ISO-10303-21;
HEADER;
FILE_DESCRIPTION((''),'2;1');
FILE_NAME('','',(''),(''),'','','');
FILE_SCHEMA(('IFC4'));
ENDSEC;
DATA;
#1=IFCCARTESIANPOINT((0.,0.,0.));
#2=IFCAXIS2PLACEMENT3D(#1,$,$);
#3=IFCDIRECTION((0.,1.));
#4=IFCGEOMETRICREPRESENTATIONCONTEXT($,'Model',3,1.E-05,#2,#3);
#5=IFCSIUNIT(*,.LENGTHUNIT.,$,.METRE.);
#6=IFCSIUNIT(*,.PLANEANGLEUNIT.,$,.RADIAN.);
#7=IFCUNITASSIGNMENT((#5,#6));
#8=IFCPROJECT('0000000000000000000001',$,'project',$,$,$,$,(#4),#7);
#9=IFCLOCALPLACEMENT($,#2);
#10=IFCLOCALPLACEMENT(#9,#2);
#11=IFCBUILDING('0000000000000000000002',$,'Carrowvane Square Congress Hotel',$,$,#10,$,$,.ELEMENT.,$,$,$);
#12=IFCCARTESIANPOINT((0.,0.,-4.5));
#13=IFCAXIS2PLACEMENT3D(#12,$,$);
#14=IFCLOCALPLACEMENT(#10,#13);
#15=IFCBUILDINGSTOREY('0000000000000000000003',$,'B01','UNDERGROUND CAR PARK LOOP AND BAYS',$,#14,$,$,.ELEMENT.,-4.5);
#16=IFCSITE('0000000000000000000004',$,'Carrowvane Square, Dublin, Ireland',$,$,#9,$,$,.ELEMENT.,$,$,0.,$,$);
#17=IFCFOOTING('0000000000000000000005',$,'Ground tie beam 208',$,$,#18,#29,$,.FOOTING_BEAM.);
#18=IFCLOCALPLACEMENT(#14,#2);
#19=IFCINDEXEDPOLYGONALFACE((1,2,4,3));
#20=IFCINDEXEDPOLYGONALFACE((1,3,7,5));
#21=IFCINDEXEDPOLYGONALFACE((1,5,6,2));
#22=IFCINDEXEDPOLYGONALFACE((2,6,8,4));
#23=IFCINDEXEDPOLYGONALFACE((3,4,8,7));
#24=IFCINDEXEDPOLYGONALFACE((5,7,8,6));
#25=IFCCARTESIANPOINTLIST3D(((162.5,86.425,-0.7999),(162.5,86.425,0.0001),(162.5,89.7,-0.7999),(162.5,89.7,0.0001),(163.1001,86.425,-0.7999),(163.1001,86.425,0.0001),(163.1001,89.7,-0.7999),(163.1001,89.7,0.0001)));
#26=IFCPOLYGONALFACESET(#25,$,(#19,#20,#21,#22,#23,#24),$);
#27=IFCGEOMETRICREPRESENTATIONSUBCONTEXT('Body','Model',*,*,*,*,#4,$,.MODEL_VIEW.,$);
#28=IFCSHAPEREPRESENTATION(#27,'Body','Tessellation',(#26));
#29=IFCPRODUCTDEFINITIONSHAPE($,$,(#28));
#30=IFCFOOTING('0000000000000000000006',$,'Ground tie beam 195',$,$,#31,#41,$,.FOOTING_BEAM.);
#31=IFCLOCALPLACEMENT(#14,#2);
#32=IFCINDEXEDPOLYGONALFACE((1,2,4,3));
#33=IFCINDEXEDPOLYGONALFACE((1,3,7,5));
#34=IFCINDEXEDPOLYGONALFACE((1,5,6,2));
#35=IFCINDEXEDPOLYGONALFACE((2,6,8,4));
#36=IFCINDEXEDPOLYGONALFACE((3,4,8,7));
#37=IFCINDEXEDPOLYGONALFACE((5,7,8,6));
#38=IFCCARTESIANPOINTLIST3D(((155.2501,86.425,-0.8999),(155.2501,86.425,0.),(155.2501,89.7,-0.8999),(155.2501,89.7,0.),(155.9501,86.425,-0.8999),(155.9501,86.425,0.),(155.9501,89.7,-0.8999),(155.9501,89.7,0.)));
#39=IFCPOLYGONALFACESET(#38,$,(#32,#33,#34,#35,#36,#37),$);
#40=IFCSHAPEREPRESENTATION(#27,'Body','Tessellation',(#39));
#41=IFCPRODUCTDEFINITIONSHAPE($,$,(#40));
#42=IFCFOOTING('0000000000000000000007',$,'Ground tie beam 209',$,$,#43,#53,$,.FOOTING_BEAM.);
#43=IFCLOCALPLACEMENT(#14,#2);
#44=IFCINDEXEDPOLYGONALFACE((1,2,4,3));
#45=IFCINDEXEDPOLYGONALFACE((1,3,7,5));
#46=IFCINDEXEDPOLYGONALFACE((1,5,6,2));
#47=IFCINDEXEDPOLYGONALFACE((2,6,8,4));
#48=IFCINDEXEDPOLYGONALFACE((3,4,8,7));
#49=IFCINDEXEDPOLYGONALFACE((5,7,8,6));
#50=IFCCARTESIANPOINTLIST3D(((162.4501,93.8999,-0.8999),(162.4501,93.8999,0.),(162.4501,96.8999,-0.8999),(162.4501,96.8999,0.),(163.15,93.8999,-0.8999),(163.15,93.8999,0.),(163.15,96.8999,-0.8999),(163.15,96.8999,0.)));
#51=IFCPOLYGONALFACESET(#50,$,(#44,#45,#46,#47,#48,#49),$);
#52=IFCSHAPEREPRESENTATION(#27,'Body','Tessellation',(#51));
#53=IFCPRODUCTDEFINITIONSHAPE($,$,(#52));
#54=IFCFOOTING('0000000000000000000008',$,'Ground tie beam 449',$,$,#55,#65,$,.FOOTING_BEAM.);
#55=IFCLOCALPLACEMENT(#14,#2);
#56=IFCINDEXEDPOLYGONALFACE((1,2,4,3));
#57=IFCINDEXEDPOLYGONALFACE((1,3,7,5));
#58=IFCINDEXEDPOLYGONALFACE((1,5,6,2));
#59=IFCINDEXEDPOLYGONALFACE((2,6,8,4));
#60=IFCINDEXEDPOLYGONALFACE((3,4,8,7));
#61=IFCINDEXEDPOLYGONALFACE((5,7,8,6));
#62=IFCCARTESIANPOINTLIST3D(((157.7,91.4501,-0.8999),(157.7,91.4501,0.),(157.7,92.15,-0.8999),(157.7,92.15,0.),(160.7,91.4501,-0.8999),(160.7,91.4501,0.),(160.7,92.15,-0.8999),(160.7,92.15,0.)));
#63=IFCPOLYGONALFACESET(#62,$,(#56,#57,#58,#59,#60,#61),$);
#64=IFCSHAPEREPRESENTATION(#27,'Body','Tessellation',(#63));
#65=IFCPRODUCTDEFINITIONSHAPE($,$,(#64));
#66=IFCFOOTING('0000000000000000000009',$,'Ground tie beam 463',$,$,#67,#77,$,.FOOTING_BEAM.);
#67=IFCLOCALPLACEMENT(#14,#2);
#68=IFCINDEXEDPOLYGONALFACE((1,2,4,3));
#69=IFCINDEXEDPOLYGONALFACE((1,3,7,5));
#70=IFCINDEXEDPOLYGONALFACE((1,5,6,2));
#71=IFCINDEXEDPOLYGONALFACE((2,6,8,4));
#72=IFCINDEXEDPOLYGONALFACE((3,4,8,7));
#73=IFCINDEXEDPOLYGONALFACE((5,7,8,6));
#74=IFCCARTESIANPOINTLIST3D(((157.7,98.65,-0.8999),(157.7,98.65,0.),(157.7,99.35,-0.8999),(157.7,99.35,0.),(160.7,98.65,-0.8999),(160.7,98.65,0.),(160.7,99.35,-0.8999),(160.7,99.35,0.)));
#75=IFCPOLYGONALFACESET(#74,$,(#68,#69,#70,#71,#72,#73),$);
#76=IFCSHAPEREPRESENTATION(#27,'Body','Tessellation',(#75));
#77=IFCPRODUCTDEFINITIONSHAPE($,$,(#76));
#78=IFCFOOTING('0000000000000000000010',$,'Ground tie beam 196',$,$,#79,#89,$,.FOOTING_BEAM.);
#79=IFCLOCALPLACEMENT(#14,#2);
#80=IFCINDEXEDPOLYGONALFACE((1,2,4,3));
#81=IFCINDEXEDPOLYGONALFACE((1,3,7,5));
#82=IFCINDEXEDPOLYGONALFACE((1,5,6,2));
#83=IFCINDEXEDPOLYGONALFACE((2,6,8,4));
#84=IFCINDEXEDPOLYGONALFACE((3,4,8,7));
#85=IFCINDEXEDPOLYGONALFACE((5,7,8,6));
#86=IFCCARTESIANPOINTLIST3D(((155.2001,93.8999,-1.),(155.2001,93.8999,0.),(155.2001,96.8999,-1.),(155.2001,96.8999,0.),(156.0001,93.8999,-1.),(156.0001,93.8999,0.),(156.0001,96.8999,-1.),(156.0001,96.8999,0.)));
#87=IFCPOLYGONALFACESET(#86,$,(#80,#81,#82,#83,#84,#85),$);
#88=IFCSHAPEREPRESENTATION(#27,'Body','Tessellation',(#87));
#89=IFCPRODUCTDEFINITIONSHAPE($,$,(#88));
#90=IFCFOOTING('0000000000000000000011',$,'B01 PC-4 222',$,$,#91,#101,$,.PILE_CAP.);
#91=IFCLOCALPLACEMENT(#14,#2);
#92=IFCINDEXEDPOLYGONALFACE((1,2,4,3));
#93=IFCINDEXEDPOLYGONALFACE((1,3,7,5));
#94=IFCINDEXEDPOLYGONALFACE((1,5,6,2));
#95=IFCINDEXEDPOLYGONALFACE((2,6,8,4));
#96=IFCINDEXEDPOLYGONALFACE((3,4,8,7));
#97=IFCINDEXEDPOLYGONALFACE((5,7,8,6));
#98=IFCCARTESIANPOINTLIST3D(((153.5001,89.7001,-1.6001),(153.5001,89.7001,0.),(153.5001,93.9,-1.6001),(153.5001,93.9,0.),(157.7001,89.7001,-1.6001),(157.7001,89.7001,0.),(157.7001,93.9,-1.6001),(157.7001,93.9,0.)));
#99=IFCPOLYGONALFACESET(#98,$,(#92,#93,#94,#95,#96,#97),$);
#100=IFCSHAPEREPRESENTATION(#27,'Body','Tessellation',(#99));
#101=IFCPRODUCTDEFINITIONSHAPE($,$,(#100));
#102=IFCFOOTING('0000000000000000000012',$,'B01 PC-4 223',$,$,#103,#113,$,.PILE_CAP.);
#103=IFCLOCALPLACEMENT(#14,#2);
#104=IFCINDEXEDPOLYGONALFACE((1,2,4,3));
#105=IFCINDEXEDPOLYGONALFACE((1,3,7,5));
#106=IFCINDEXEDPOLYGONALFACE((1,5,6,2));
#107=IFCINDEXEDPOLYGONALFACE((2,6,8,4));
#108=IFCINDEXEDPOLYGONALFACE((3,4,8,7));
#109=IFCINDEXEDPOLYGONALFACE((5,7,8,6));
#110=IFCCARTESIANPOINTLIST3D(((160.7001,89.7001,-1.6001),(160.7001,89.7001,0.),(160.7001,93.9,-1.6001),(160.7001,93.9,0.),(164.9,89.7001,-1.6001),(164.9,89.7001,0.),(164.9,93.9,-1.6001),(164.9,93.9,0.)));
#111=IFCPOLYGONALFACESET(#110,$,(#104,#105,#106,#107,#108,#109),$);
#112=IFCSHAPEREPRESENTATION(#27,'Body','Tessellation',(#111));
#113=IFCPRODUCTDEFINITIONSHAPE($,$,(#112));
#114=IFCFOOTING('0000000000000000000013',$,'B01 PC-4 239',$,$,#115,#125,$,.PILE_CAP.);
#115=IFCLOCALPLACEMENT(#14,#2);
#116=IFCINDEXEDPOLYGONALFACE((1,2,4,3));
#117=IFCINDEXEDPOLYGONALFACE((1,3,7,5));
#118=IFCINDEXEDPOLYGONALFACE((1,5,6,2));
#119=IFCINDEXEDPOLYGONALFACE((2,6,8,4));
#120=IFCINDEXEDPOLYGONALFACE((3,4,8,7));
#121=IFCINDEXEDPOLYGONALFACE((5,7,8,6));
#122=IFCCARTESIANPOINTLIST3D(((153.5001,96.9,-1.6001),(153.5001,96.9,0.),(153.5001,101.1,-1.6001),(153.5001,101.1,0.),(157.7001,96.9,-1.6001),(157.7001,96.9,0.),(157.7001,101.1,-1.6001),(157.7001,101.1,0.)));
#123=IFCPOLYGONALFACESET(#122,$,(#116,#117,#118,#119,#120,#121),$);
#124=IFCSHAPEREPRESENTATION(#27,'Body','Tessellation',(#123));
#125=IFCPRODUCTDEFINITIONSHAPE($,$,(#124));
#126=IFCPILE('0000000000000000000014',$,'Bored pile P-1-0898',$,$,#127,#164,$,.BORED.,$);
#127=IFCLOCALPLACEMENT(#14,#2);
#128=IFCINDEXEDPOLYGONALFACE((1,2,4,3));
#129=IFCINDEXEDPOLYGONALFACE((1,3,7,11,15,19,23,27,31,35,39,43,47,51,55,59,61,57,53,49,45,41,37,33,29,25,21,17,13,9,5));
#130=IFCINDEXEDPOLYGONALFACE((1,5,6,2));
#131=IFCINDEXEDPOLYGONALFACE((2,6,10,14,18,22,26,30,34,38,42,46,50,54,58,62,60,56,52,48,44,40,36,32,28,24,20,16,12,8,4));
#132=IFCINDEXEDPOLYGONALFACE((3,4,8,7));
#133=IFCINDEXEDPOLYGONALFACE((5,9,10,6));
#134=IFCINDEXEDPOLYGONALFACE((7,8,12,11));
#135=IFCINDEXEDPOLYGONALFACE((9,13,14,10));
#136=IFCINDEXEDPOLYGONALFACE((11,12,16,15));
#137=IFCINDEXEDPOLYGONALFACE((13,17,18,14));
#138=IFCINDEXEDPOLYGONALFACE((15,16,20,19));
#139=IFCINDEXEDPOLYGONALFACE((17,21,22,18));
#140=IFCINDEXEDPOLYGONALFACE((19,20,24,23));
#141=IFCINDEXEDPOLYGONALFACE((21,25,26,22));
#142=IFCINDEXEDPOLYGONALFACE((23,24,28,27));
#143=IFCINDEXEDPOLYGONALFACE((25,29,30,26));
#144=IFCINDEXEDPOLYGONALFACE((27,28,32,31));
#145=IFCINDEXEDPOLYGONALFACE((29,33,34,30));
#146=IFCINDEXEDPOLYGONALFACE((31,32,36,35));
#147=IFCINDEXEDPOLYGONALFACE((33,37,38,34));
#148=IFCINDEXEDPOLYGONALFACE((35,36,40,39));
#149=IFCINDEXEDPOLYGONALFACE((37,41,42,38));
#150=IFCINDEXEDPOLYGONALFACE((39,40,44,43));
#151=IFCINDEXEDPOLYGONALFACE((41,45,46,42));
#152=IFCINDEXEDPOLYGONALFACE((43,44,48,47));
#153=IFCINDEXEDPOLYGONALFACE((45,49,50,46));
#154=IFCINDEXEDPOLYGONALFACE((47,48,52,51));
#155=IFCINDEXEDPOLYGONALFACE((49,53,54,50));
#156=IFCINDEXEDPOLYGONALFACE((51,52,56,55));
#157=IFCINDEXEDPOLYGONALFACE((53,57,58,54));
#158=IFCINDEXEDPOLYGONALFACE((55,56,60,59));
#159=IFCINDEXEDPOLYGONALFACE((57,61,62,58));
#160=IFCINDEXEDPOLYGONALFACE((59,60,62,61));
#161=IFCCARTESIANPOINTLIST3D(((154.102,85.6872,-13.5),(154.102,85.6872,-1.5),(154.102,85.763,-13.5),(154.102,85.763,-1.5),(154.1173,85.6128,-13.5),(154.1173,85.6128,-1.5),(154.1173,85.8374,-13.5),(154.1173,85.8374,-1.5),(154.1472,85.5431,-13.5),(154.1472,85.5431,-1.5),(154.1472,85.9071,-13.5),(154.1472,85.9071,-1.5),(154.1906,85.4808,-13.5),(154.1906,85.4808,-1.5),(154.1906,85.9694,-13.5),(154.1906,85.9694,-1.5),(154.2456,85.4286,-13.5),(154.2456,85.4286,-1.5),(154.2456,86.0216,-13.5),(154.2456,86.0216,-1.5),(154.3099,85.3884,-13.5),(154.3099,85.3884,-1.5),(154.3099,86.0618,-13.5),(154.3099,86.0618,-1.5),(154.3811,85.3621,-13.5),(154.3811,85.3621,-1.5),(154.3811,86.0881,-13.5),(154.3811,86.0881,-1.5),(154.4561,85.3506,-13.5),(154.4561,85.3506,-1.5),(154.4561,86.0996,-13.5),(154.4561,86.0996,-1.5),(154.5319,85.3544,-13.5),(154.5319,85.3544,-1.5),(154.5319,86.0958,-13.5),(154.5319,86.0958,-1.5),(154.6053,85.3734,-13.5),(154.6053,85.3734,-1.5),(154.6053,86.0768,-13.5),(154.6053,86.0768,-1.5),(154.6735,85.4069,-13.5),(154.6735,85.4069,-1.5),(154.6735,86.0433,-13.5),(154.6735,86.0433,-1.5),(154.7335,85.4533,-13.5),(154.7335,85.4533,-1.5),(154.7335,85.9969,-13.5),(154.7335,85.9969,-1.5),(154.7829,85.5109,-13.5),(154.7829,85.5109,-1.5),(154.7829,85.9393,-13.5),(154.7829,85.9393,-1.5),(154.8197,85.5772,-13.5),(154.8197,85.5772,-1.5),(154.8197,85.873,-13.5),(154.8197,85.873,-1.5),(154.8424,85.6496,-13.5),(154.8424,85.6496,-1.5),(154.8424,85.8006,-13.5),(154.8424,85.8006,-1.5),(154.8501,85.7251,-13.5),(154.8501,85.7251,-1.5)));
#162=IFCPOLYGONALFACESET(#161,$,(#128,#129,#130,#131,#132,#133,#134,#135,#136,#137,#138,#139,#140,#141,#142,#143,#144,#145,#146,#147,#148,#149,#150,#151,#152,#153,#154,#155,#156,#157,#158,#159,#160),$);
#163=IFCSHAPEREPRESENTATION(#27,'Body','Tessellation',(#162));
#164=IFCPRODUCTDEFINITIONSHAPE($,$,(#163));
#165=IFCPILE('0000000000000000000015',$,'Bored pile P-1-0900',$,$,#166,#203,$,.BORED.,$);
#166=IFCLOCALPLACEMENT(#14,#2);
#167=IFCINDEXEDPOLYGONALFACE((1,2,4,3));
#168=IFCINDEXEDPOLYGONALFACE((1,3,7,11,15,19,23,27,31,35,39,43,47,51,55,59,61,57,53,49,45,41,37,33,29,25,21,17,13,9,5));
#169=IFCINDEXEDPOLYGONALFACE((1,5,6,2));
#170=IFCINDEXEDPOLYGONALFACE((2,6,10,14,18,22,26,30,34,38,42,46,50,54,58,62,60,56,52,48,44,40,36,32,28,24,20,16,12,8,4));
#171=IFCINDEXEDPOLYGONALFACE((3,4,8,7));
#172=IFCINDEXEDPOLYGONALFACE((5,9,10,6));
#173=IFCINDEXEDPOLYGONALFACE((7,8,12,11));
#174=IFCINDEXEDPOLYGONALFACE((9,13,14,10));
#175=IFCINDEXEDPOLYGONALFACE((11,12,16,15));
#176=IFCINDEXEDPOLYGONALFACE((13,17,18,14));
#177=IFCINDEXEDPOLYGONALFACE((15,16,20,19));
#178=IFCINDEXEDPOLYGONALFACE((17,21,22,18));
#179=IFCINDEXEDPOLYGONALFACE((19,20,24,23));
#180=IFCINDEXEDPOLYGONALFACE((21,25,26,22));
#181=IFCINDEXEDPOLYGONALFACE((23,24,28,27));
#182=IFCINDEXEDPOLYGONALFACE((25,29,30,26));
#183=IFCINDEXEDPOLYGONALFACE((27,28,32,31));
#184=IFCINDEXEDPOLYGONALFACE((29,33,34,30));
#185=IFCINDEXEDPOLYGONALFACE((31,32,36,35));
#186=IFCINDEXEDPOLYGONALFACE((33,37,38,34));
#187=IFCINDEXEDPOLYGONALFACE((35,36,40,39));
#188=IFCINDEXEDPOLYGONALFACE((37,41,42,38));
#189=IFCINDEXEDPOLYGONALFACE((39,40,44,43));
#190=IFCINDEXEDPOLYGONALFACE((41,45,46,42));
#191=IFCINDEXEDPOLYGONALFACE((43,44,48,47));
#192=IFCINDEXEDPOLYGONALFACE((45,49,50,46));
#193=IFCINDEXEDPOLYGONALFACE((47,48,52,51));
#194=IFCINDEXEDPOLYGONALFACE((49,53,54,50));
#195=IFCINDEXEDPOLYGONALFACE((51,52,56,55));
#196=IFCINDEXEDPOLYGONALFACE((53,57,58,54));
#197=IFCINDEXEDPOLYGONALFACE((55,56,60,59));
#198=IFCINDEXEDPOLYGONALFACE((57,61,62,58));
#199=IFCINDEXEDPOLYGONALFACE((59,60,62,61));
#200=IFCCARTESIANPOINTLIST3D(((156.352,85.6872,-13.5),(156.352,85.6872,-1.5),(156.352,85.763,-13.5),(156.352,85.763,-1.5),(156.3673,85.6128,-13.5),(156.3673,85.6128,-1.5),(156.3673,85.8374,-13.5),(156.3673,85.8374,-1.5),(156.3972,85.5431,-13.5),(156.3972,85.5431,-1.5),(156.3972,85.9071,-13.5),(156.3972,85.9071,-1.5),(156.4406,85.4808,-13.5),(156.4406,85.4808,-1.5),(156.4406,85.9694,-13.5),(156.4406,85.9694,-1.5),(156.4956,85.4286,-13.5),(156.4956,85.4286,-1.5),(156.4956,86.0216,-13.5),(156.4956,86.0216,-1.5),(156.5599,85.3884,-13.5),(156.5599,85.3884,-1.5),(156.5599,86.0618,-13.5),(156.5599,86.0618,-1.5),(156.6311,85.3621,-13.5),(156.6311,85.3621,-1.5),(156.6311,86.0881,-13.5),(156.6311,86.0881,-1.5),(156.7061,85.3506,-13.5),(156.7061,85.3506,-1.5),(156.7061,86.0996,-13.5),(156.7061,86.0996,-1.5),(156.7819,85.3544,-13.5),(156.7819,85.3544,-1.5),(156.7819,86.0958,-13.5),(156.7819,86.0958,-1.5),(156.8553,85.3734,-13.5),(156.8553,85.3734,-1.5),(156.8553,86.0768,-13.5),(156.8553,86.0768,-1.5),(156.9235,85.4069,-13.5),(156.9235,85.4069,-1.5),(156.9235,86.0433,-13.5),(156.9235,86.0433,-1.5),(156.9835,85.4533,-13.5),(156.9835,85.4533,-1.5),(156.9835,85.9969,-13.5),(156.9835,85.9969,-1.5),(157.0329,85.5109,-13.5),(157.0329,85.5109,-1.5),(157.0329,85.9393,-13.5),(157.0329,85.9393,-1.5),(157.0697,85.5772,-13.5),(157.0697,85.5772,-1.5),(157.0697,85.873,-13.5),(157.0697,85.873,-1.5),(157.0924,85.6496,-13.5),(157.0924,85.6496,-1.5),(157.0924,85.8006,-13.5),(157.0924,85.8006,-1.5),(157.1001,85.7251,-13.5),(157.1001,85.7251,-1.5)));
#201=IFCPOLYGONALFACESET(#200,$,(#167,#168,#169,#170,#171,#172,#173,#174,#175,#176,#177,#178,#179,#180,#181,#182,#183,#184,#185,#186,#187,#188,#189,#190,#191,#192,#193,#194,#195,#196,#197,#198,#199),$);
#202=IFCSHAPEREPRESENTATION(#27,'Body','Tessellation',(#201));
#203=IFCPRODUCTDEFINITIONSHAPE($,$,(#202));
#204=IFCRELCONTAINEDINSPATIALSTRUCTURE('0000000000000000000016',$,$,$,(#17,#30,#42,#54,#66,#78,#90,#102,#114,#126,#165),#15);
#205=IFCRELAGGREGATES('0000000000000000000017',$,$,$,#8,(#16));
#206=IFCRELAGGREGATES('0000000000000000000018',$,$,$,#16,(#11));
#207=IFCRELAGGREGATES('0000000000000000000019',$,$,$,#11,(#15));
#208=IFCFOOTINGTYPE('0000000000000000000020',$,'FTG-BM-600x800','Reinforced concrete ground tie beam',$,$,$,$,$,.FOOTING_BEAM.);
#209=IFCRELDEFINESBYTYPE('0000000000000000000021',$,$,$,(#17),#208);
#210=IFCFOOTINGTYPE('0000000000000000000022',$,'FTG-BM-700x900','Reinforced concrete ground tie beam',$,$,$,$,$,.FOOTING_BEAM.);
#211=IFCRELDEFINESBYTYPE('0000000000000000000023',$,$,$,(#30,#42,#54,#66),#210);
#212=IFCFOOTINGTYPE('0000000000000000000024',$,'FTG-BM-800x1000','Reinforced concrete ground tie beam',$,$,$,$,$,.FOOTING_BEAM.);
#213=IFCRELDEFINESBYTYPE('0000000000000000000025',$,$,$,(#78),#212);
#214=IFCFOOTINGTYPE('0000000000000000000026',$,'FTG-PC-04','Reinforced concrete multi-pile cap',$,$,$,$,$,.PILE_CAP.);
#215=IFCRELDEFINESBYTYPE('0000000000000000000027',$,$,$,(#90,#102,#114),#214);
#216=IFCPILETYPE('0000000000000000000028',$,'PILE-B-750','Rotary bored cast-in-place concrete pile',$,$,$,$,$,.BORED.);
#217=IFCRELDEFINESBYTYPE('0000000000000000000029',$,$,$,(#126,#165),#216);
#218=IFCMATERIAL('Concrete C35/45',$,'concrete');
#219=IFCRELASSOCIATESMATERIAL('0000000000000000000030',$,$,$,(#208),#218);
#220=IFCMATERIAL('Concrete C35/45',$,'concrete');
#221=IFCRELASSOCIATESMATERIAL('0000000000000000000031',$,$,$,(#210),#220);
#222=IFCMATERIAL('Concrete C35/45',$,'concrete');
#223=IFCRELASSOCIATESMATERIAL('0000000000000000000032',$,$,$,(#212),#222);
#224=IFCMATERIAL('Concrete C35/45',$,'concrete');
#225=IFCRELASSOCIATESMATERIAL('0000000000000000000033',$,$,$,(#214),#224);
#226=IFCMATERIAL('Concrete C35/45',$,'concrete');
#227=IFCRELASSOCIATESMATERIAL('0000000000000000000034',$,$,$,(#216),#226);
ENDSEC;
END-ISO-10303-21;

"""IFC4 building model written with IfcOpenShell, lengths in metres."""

from ifc_helpers import new_model, si_unit, direction, frame, origin, origin_2d, place, context, subcontext, project, spatial, rectangle, circle, extrude, material, material_profile, profile_set, type_object, element, save


model = new_model("IFC4")

# Units and contexts
model_context = context("Model", 3, precision=1e-05, world=origin(), true_north=direction((0.0, 1.0)))
body_context = subcontext(model_context, "Body", "Model", "MODEL_VIEW")
ifc_project = project(units=[si_unit("LENGTHUNIT", "METRE"), si_unit("PLANEANGLEUNIT", "RADIAN")], contexts=[model_context])

# Site, building, storey
site_placement = place(None, origin())
site = spatial("IfcSite", under=ifc_project, at=site_placement, Name="Carrowvane Square, Dublin, Ireland", CompositionType="ELEMENT", RefElevation=0.0)
building_placement = place(site_placement, origin())
building = spatial("IfcBuilding", under=site, at=building_placement, Name="Carrowvane Square Congress Hotel", CompositionType="ELEMENT")
storey_placement = place(building_placement, frame((0.0, 0.0, -4.5)))
storey = spatial("IfcBuildingStorey", under=building, at=storey_placement, Name="B01", Description="UNDERGROUND CAR PARK LOOP AND BAYS", CompositionType="ELEMENT", Elevation=-4.5)

# Footings
ifc_material_1 = material(Name="Concrete C35/45", Category="concrete")
ifc_material_profile_1 = material_profile(ifc_material_1, rectangle(XDim=0.6001, YDim=0.8, at=origin_2d()), Name="RC 600x800")
ifc_profile_set_1 = profile_set([ifc_material_profile_1], Name="Concrete C35/45")
footing_type_1 = type_object("IfcFootingType", Name="FTG-BM-600x800", Description="Reinforced concrete ground tie beam", PredefinedType="FOOTING_BEAM", material=ifc_profile_set_1)
footing_1_placement = place(storey_placement, frame((162.8, 86.425, -0.3999), z_axis=(0.0, 1.0, 0.0), x_axis=(-1.0, 0.0, 0.0)))
element("IfcFooting", 1, at=footing_1_placement, inside=storey, type_object=footing_type_1, Name="Ground tie beam 208", PredefinedType="FOOTING_BEAM", context=body_context, shape_type="SweptSolid", body=[
    extrude(rectangle(XDim=0.6001, YDim=0.8, at=origin_2d()), origin(), (0.0, 0.0, 1.0), 3.2749),
])
ifc_material_2 = material(Name="Concrete C35/45", Category="concrete")
ifc_material_profile_2 = material_profile(ifc_material_2, rectangle(XDim=0.7, YDim=0.8999, at=origin_2d()), Name="RC 700x900")
ifc_profile_set_2 = profile_set([ifc_material_profile_2], Name="Concrete C35/45")
footing_type_2 = type_object("IfcFootingType", Name="FTG-BM-700x900", Description="Reinforced concrete ground tie beam", PredefinedType="FOOTING_BEAM", material=ifc_profile_set_2)
footing_2_placement = place(storey_placement, frame((155.6001, 86.425, -0.45), z_axis=(0.0, 1.0, 0.0), x_axis=(-1.0, 0.0, 0.0)))
element("IfcFooting", 2, at=footing_2_placement, inside=storey, type_object=footing_type_2, Name="Ground tie beam 195", PredefinedType="FOOTING_BEAM", context=body_context, shape_type="SweptSolid", body=[
    extrude(rectangle(XDim=0.7, YDim=0.8999, at=origin_2d()), origin(), (0.0, 0.0, 1.0), 3.2749),
])
for number, where, z_axis, x_axis, name in (
    (3, (162.8, 93.8999, -0.45), (0.0, 1.0, 0.0), (-1.0, 0.0, 0.0), "Ground tie beam 209"),
    (4, (157.7, 91.8, -0.45), (1.0, 0.0, 0.0), (0.0, 1.0, 0.0), "Ground tie beam 449"),
    (5, (157.7, 99.0, -0.45), (1.0, 0.0, 0.0), (0.0, 1.0, 0.0), "Ground tie beam 463"),
):
    element("IfcFooting", number, at=place(storey_placement, frame(where, z_axis=z_axis, x_axis=x_axis)), inside=storey, type_object=footing_type_2, Name=name, PredefinedType="FOOTING_BEAM", context=body_context, shape_type="SweptSolid", body=[
        extrude(rectangle(XDim=0.7, YDim=0.8999, at=origin_2d()), origin(), (0.0, 0.0, 1.0), 3.0),
    ])
ifc_material_3 = material(Name="Concrete C35/45", Category="concrete")
ifc_material_profile_3 = material_profile(ifc_material_3, rectangle(XDim=0.8, YDim=1.0, at=origin_2d()), Name="RC 800x1000")
ifc_profile_set_3 = profile_set([ifc_material_profile_3], Name="Concrete C35/45")
footing_type_3 = type_object("IfcFootingType", Name="FTG-BM-800x1000", Description="Reinforced concrete ground tie beam", PredefinedType="FOOTING_BEAM", material=ifc_profile_set_3)
footing_3_placement = place(storey_placement, frame((155.6001, 93.8999, -0.5), z_axis=(0.0, 1.0, 0.0), x_axis=(-1.0, 0.0, 0.0)))
element("IfcFooting", 6, at=footing_3_placement, inside=storey, type_object=footing_type_3, Name="Ground tie beam 196", PredefinedType="FOOTING_BEAM", context=body_context, shape_type="SweptSolid", body=[
    extrude(rectangle(XDim=0.8, YDim=1.0, at=origin_2d()), origin(), (0.0, 0.0, 1.0), 3.0),
])
ifc_material_4 = material(Name="Concrete C35/45", Category="concrete")
footing_type_4 = type_object("IfcFootingType", Name="FTG-PC-04", Description="Reinforced concrete multi-pile cap", PredefinedType="PILE_CAP", material=ifc_material_4)
for number, where, z_axis, x_axis, name in (
    (7, (155.6001, 91.8, -1.6001), (0.0, 0.0, 1.0), (1.0, 0.0, 0.0), "B01 PC-4 222"),
    (8, (162.8, 91.8, -1.6001), (0.0, 0.0, 1.0), (1.0, 0.0, 0.0), "B01 PC-4 223"),
    (9, (155.6001, 99.0, -1.6001), (0.0, 0.0, 1.0), (1.0, 0.0, 0.0), "B01 PC-4 239"),
):
    element("IfcFooting", number, at=place(storey_placement, frame(where, z_axis=z_axis, x_axis=x_axis)), inside=storey, type_object=footing_type_4, Name=name, PredefinedType="PILE_CAP", context=body_context, shape_type="SweptSolid", body=[
        extrude(rectangle(XDim=4.2, YDim=4.2, at=origin_2d()), origin(), (0.0, 0.0, 1.0), 1.6001),
    ])

# Piles
ifc_material_5 = material(Name="Concrete C35/45", Category="concrete")
ifc_material_profile_4 = material_profile(ifc_material_5, circle(Radius=0.375, at=origin_2d()), Name="PILE D750")
ifc_profile_set_4 = profile_set([ifc_material_profile_4], Name="Concrete C35/45")
pile_type_1 = type_object("IfcPileType", Name="PILE-B-750", Description="Rotary bored cast-in-place concrete pile", PredefinedType="BORED", material=ifc_profile_set_4)
for number, where, z_axis, x_axis, name in (
    (10, (154.4751, 85.7251, -1.5), (0.0, 0.0, -1.0), (1.0, 0.0, 0.0), "Bored pile P-1-0898"),
    (11, (156.7251, 85.7251, -1.5), (0.0, 0.0, -1.0), (1.0, 0.0, 0.0), "Bored pile P-1-0900"),
):
    element("IfcPile", number, at=place(storey_placement, frame(where, z_axis=z_axis, x_axis=x_axis)), inside=storey, type_object=pile_type_1, Name=name, PredefinedType="BORED", context=body_context, shape_type="SweptSolid", body=[
        extrude(circle(Radius=0.375, at=origin_2d()), origin(), (0.0, 0.0, 1.0), 12.0),
    ])

save(model, "model.ifc")
